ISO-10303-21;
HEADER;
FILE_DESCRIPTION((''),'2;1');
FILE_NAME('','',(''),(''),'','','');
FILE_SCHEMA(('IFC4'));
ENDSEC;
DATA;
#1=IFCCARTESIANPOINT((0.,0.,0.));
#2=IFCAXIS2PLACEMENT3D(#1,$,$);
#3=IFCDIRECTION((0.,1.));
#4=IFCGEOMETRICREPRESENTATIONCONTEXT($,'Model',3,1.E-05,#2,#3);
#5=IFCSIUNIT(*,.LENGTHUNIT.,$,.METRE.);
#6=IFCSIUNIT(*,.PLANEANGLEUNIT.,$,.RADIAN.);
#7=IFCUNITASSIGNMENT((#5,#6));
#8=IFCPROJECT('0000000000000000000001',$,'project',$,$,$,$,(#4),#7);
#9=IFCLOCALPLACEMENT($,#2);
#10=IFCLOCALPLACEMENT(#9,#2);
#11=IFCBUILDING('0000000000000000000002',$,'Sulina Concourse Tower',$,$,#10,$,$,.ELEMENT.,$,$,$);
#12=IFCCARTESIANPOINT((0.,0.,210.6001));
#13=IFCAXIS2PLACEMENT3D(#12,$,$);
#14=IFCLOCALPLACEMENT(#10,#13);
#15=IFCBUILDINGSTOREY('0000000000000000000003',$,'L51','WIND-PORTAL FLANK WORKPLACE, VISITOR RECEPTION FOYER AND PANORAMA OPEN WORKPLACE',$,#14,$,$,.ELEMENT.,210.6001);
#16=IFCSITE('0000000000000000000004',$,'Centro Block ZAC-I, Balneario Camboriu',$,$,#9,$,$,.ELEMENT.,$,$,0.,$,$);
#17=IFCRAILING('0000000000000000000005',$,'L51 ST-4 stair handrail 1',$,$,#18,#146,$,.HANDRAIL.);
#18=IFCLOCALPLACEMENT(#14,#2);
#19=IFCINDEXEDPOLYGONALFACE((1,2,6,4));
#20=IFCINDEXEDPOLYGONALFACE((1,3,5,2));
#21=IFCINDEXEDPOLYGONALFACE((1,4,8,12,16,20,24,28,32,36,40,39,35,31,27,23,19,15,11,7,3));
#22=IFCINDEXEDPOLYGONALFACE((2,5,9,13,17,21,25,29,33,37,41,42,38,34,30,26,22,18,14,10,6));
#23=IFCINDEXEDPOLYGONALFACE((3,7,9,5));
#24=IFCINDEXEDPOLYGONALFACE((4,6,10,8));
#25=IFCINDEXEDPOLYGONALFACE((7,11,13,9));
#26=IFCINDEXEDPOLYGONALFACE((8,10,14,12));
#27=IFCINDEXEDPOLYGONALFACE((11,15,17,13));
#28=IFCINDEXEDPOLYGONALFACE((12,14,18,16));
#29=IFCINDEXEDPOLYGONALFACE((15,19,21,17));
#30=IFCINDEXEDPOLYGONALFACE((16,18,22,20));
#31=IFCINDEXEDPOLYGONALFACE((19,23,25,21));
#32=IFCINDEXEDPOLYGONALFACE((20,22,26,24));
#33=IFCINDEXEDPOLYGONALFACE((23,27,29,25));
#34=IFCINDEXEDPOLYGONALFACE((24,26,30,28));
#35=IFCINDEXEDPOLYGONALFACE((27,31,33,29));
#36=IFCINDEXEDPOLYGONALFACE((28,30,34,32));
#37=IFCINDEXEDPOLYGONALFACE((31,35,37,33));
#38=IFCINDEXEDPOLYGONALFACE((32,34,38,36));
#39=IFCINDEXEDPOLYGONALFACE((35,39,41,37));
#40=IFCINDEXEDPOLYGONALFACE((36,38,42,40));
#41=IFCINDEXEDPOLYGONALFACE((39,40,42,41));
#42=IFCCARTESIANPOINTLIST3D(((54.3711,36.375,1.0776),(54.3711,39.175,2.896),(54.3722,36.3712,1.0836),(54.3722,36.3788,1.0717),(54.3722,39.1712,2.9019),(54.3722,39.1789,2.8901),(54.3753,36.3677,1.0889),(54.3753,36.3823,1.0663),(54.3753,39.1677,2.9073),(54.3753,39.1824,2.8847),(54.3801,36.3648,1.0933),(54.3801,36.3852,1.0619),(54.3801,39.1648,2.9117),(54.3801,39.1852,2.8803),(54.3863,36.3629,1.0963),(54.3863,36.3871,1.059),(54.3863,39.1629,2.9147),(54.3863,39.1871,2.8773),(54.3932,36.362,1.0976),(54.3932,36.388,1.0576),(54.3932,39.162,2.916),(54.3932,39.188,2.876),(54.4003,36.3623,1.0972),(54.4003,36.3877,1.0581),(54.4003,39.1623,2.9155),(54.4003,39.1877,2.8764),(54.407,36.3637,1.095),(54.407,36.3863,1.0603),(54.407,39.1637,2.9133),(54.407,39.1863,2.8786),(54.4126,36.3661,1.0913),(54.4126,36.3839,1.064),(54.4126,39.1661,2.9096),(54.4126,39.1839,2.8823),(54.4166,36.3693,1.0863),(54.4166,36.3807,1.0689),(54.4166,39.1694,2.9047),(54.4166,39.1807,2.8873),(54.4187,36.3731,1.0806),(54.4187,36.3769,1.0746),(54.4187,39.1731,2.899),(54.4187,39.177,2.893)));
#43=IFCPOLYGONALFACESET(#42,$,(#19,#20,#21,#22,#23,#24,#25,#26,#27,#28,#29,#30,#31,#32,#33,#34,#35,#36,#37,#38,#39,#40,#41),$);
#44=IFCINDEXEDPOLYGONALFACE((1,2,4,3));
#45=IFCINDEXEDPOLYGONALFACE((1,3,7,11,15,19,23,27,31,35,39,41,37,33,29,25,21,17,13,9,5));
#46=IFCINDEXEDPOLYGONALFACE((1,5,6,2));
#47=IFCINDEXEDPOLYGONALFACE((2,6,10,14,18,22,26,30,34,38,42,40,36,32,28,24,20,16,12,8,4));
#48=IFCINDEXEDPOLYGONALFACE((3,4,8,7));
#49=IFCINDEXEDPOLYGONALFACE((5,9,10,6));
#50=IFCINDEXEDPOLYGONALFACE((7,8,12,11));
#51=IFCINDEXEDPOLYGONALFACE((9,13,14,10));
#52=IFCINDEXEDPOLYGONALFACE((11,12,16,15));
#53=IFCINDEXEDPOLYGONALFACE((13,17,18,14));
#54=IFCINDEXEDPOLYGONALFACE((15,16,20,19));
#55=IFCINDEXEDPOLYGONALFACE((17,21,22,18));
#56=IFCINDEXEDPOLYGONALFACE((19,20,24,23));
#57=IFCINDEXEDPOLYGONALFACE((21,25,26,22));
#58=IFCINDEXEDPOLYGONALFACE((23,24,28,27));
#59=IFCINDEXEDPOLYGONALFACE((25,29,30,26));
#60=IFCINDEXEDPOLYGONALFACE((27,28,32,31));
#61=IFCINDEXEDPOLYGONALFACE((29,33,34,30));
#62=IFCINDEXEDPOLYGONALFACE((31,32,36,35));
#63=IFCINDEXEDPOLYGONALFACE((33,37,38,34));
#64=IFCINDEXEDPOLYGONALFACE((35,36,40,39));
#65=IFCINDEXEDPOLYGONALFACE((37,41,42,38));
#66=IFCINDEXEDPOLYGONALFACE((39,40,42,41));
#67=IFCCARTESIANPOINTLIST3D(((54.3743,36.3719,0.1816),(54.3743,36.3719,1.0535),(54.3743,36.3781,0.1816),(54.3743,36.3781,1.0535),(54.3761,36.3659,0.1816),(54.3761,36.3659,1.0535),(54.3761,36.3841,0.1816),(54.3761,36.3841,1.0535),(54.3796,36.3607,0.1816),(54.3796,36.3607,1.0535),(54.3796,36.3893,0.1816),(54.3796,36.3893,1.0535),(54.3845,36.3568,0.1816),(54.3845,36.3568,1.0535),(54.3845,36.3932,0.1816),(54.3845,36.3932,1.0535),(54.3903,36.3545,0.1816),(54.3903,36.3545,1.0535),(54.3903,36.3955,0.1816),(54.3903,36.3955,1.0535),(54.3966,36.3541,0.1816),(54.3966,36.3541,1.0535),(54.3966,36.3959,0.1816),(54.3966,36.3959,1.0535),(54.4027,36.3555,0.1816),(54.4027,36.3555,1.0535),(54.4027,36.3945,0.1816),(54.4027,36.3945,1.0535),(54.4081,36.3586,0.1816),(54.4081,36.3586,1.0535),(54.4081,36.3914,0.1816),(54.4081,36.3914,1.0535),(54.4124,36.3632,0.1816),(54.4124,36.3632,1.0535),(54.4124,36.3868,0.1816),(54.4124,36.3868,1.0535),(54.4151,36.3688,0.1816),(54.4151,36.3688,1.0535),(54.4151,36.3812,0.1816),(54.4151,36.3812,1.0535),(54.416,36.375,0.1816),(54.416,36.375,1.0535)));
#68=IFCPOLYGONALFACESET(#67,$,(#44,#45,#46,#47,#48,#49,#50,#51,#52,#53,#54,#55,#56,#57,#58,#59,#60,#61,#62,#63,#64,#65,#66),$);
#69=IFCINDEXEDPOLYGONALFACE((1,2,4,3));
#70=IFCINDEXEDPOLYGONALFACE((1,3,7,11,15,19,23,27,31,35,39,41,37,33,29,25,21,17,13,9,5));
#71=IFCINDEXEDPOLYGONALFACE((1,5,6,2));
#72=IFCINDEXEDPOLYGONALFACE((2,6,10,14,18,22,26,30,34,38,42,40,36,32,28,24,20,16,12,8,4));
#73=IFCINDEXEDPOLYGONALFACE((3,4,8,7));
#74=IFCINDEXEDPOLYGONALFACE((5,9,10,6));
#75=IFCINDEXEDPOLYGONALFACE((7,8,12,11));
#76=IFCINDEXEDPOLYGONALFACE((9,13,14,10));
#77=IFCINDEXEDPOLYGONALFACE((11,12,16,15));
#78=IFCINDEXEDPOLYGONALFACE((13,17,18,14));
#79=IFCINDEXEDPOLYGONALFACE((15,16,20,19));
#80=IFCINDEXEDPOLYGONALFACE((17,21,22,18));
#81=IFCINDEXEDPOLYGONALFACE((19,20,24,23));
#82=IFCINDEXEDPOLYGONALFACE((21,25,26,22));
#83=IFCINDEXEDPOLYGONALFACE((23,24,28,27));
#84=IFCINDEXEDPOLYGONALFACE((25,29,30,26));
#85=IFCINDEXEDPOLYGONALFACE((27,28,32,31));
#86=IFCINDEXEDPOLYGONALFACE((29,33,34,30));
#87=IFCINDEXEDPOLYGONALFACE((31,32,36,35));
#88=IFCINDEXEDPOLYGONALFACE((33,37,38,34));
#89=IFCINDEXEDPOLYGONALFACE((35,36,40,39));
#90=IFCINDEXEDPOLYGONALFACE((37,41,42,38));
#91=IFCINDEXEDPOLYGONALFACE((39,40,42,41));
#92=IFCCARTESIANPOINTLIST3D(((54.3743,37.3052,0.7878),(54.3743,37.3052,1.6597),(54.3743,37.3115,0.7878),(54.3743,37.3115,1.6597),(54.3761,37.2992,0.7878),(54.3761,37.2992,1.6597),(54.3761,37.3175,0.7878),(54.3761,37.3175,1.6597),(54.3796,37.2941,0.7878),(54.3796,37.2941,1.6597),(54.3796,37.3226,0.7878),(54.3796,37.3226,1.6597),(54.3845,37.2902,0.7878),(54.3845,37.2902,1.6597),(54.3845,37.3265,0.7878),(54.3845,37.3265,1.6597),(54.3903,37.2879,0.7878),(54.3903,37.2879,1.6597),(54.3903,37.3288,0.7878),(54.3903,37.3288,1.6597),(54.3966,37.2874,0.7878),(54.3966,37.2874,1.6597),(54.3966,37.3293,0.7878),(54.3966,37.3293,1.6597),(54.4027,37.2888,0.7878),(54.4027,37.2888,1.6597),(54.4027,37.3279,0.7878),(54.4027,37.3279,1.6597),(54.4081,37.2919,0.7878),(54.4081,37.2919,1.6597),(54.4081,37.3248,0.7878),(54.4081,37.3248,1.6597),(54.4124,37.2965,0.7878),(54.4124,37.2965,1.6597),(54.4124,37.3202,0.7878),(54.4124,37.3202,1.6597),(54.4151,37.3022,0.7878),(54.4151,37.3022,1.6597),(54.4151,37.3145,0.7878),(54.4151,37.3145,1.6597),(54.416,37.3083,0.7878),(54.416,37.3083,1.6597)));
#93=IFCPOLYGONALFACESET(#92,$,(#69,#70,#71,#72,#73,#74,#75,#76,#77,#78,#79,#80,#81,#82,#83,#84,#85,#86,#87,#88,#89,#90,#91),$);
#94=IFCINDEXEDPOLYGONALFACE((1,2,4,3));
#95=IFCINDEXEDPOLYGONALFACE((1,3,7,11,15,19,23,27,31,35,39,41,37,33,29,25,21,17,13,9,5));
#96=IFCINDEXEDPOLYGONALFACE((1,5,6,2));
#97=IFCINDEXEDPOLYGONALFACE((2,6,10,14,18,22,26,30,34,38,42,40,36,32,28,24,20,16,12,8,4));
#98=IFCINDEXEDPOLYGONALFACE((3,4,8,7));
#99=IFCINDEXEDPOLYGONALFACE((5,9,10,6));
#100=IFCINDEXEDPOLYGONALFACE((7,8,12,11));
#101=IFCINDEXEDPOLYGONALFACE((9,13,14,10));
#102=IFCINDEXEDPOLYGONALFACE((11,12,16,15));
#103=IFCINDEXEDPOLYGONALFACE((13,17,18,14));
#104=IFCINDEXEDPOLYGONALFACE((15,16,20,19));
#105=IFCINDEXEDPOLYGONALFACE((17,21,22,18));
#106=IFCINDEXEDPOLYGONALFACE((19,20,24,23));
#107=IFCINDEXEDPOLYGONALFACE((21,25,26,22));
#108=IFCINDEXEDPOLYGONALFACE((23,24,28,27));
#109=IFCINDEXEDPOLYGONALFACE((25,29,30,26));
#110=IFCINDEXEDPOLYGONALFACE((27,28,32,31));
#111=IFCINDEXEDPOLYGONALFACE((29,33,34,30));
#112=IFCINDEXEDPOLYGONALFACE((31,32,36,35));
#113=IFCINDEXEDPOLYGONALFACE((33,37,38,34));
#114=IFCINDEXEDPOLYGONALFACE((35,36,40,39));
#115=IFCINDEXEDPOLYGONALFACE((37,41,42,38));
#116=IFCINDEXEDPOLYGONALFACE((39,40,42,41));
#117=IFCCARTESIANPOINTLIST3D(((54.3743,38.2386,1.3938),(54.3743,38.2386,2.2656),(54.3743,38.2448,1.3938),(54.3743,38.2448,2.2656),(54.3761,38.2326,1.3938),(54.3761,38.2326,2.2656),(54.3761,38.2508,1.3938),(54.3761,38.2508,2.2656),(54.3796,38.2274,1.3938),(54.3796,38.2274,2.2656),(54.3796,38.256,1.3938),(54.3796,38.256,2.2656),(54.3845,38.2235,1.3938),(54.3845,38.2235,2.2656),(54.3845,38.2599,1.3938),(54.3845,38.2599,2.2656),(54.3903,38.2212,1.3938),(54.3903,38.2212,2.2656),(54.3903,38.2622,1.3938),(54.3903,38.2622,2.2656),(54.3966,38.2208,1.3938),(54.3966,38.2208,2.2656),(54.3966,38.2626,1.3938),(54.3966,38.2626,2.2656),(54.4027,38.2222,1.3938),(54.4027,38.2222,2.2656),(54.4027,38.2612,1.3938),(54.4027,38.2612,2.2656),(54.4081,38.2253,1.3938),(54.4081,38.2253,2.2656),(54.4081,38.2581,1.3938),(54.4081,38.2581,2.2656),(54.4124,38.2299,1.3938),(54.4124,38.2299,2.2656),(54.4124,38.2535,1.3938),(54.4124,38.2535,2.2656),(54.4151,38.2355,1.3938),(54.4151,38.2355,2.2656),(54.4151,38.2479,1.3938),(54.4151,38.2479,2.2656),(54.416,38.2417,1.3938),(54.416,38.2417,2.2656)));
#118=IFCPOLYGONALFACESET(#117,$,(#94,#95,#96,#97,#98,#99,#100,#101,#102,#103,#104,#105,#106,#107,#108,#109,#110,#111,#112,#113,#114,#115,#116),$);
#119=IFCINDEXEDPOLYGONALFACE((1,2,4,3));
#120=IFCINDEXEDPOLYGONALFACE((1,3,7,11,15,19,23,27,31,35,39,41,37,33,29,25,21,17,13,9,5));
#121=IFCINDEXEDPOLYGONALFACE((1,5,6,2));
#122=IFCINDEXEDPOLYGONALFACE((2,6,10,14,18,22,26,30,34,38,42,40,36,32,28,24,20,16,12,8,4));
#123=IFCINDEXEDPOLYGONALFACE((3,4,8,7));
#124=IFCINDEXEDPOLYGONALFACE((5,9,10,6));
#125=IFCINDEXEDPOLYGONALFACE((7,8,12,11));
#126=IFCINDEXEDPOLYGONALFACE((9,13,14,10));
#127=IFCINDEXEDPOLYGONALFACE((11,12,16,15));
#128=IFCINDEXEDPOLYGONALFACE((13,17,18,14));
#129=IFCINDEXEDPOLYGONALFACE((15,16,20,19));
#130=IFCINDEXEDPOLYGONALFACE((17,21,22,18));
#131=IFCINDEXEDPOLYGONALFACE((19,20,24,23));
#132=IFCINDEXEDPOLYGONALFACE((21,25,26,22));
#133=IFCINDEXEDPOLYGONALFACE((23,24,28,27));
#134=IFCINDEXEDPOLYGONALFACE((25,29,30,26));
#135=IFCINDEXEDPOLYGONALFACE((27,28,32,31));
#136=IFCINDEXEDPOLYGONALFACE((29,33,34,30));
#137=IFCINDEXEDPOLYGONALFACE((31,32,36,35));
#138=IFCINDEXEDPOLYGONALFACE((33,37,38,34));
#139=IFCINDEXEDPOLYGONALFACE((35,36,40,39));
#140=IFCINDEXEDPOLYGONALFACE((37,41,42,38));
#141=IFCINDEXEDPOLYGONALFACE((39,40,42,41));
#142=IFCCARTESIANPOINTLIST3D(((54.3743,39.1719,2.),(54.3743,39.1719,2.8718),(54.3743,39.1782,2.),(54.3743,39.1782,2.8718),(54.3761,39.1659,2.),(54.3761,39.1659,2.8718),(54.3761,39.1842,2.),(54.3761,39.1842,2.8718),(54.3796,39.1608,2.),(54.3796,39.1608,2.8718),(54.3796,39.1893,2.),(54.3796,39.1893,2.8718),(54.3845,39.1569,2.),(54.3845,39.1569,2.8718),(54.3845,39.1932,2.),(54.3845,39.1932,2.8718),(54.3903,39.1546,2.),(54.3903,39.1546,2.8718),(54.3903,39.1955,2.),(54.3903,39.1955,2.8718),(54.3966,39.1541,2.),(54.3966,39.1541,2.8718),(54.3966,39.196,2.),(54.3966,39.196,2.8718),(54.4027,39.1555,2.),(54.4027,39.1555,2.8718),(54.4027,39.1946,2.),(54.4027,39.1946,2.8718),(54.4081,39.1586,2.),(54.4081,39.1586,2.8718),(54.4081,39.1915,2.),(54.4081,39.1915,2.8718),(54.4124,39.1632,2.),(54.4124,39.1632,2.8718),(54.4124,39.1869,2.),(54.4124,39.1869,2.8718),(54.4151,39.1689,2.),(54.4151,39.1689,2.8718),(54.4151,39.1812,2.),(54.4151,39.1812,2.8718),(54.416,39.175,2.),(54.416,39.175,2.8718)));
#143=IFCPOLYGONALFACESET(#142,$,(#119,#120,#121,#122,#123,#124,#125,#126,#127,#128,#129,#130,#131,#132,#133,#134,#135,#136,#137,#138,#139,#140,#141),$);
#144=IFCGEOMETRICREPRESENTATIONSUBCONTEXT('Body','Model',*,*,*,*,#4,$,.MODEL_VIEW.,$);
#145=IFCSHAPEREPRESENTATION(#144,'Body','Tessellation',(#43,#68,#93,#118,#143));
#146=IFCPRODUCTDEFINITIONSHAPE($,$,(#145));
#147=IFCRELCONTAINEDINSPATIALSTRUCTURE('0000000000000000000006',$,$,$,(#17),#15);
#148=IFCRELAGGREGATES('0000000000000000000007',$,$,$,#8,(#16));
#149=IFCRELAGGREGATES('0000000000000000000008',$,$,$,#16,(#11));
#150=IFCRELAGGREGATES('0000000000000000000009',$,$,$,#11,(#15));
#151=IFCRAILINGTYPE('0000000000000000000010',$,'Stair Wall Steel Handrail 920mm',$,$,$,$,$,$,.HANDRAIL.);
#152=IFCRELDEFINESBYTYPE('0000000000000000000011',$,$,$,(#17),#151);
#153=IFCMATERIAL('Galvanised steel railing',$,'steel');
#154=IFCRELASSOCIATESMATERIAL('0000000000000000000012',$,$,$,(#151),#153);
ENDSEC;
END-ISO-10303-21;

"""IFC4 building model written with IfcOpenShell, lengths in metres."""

from ifc_helpers import new_model, si_unit, direction, frame, origin, origin_2d, place, context, subcontext, project, spatial, circle, extrude, material, type_object, element, save


model = new_model("IFC4")

# Units and contexts
model_context = context("Model", 3, precision=1e-05, world=origin(), true_north=direction((0.0, 1.0)))
body_context = subcontext(model_context, "Body", "Model", "MODEL_VIEW")
ifc_project = project(units=[si_unit("LENGTHUNIT", "METRE"), si_unit("PLANEANGLEUNIT", "RADIAN")], contexts=[model_context])

# Site, building, storey
site_placement = place(None, origin())
site = spatial("IfcSite", under=ifc_project, at=site_placement, Name="Centro Block ZAC-I, Balneario Camboriu", CompositionType="ELEMENT", RefElevation=0.0)
building_placement = place(site_placement, origin())
building = spatial("IfcBuilding", under=site, at=building_placement, Name="Sulina Concourse Tower", CompositionType="ELEMENT")
storey_placement = place(building_placement, frame((0.0, 0.0, 210.6001)))
storey = spatial("IfcBuildingStorey", under=building, at=storey_placement, Name="L51", Description="WIND-PORTAL FLANK WORKPLACE, VISITOR RECEPTION FOYER AND PANORAMA OPEN WORKPLACE", CompositionType="ELEMENT", Elevation=210.6001)

# Railing
ifc_material_1 = material(Name="Galvanised steel railing", Category="steel")
railing_type_1 = type_object("IfcRailingType", Name="Stair Wall Steel Handrail 920mm", PredefinedType="HANDRAIL", material=ifc_material_1)
railing_1_placement = place(storey_placement, frame((54.395, 36.375, 0.1816)))
element("IfcRailing", 1, at=railing_1_placement, inside=storey, type_object=railing_type_1, Name="L51 ST-4 stair handrail 1", PredefinedType="HANDRAIL", context=body_context, shape_type="SweptSolid", body=[
    extrude(circle(Radius=0.0239, at=origin_2d()), frame((0.0, 0.0, 0.896), z_axis=(0.0, 0.838672, 0.544636), x_axis=(-1.0, 0.0, 0.0)), (0.0, 0.0, 1.0), 3.3386),
    extrude(circle(Radius=0.021, at=origin_2d()), origin(), (0.0, 0.0, 1.0), 0.8718),
    extrude(circle(Radius=0.021, at=origin_2d()), frame((0.0, 0.9333, 0.6062)), (0.0, 0.0, 1.0), 0.8718),
    extrude(circle(Radius=0.021, at=origin_2d()), frame((0.0, 1.8667, 1.2122)), (0.0, 0.0, 1.0), 0.8718),
    extrude(circle(Radius=0.021, at=origin_2d()), frame((0.0, 2.8, 1.8184)), (0.0, 0.0, 1.0), 0.8718),
])

save(model, "model.ifc")
